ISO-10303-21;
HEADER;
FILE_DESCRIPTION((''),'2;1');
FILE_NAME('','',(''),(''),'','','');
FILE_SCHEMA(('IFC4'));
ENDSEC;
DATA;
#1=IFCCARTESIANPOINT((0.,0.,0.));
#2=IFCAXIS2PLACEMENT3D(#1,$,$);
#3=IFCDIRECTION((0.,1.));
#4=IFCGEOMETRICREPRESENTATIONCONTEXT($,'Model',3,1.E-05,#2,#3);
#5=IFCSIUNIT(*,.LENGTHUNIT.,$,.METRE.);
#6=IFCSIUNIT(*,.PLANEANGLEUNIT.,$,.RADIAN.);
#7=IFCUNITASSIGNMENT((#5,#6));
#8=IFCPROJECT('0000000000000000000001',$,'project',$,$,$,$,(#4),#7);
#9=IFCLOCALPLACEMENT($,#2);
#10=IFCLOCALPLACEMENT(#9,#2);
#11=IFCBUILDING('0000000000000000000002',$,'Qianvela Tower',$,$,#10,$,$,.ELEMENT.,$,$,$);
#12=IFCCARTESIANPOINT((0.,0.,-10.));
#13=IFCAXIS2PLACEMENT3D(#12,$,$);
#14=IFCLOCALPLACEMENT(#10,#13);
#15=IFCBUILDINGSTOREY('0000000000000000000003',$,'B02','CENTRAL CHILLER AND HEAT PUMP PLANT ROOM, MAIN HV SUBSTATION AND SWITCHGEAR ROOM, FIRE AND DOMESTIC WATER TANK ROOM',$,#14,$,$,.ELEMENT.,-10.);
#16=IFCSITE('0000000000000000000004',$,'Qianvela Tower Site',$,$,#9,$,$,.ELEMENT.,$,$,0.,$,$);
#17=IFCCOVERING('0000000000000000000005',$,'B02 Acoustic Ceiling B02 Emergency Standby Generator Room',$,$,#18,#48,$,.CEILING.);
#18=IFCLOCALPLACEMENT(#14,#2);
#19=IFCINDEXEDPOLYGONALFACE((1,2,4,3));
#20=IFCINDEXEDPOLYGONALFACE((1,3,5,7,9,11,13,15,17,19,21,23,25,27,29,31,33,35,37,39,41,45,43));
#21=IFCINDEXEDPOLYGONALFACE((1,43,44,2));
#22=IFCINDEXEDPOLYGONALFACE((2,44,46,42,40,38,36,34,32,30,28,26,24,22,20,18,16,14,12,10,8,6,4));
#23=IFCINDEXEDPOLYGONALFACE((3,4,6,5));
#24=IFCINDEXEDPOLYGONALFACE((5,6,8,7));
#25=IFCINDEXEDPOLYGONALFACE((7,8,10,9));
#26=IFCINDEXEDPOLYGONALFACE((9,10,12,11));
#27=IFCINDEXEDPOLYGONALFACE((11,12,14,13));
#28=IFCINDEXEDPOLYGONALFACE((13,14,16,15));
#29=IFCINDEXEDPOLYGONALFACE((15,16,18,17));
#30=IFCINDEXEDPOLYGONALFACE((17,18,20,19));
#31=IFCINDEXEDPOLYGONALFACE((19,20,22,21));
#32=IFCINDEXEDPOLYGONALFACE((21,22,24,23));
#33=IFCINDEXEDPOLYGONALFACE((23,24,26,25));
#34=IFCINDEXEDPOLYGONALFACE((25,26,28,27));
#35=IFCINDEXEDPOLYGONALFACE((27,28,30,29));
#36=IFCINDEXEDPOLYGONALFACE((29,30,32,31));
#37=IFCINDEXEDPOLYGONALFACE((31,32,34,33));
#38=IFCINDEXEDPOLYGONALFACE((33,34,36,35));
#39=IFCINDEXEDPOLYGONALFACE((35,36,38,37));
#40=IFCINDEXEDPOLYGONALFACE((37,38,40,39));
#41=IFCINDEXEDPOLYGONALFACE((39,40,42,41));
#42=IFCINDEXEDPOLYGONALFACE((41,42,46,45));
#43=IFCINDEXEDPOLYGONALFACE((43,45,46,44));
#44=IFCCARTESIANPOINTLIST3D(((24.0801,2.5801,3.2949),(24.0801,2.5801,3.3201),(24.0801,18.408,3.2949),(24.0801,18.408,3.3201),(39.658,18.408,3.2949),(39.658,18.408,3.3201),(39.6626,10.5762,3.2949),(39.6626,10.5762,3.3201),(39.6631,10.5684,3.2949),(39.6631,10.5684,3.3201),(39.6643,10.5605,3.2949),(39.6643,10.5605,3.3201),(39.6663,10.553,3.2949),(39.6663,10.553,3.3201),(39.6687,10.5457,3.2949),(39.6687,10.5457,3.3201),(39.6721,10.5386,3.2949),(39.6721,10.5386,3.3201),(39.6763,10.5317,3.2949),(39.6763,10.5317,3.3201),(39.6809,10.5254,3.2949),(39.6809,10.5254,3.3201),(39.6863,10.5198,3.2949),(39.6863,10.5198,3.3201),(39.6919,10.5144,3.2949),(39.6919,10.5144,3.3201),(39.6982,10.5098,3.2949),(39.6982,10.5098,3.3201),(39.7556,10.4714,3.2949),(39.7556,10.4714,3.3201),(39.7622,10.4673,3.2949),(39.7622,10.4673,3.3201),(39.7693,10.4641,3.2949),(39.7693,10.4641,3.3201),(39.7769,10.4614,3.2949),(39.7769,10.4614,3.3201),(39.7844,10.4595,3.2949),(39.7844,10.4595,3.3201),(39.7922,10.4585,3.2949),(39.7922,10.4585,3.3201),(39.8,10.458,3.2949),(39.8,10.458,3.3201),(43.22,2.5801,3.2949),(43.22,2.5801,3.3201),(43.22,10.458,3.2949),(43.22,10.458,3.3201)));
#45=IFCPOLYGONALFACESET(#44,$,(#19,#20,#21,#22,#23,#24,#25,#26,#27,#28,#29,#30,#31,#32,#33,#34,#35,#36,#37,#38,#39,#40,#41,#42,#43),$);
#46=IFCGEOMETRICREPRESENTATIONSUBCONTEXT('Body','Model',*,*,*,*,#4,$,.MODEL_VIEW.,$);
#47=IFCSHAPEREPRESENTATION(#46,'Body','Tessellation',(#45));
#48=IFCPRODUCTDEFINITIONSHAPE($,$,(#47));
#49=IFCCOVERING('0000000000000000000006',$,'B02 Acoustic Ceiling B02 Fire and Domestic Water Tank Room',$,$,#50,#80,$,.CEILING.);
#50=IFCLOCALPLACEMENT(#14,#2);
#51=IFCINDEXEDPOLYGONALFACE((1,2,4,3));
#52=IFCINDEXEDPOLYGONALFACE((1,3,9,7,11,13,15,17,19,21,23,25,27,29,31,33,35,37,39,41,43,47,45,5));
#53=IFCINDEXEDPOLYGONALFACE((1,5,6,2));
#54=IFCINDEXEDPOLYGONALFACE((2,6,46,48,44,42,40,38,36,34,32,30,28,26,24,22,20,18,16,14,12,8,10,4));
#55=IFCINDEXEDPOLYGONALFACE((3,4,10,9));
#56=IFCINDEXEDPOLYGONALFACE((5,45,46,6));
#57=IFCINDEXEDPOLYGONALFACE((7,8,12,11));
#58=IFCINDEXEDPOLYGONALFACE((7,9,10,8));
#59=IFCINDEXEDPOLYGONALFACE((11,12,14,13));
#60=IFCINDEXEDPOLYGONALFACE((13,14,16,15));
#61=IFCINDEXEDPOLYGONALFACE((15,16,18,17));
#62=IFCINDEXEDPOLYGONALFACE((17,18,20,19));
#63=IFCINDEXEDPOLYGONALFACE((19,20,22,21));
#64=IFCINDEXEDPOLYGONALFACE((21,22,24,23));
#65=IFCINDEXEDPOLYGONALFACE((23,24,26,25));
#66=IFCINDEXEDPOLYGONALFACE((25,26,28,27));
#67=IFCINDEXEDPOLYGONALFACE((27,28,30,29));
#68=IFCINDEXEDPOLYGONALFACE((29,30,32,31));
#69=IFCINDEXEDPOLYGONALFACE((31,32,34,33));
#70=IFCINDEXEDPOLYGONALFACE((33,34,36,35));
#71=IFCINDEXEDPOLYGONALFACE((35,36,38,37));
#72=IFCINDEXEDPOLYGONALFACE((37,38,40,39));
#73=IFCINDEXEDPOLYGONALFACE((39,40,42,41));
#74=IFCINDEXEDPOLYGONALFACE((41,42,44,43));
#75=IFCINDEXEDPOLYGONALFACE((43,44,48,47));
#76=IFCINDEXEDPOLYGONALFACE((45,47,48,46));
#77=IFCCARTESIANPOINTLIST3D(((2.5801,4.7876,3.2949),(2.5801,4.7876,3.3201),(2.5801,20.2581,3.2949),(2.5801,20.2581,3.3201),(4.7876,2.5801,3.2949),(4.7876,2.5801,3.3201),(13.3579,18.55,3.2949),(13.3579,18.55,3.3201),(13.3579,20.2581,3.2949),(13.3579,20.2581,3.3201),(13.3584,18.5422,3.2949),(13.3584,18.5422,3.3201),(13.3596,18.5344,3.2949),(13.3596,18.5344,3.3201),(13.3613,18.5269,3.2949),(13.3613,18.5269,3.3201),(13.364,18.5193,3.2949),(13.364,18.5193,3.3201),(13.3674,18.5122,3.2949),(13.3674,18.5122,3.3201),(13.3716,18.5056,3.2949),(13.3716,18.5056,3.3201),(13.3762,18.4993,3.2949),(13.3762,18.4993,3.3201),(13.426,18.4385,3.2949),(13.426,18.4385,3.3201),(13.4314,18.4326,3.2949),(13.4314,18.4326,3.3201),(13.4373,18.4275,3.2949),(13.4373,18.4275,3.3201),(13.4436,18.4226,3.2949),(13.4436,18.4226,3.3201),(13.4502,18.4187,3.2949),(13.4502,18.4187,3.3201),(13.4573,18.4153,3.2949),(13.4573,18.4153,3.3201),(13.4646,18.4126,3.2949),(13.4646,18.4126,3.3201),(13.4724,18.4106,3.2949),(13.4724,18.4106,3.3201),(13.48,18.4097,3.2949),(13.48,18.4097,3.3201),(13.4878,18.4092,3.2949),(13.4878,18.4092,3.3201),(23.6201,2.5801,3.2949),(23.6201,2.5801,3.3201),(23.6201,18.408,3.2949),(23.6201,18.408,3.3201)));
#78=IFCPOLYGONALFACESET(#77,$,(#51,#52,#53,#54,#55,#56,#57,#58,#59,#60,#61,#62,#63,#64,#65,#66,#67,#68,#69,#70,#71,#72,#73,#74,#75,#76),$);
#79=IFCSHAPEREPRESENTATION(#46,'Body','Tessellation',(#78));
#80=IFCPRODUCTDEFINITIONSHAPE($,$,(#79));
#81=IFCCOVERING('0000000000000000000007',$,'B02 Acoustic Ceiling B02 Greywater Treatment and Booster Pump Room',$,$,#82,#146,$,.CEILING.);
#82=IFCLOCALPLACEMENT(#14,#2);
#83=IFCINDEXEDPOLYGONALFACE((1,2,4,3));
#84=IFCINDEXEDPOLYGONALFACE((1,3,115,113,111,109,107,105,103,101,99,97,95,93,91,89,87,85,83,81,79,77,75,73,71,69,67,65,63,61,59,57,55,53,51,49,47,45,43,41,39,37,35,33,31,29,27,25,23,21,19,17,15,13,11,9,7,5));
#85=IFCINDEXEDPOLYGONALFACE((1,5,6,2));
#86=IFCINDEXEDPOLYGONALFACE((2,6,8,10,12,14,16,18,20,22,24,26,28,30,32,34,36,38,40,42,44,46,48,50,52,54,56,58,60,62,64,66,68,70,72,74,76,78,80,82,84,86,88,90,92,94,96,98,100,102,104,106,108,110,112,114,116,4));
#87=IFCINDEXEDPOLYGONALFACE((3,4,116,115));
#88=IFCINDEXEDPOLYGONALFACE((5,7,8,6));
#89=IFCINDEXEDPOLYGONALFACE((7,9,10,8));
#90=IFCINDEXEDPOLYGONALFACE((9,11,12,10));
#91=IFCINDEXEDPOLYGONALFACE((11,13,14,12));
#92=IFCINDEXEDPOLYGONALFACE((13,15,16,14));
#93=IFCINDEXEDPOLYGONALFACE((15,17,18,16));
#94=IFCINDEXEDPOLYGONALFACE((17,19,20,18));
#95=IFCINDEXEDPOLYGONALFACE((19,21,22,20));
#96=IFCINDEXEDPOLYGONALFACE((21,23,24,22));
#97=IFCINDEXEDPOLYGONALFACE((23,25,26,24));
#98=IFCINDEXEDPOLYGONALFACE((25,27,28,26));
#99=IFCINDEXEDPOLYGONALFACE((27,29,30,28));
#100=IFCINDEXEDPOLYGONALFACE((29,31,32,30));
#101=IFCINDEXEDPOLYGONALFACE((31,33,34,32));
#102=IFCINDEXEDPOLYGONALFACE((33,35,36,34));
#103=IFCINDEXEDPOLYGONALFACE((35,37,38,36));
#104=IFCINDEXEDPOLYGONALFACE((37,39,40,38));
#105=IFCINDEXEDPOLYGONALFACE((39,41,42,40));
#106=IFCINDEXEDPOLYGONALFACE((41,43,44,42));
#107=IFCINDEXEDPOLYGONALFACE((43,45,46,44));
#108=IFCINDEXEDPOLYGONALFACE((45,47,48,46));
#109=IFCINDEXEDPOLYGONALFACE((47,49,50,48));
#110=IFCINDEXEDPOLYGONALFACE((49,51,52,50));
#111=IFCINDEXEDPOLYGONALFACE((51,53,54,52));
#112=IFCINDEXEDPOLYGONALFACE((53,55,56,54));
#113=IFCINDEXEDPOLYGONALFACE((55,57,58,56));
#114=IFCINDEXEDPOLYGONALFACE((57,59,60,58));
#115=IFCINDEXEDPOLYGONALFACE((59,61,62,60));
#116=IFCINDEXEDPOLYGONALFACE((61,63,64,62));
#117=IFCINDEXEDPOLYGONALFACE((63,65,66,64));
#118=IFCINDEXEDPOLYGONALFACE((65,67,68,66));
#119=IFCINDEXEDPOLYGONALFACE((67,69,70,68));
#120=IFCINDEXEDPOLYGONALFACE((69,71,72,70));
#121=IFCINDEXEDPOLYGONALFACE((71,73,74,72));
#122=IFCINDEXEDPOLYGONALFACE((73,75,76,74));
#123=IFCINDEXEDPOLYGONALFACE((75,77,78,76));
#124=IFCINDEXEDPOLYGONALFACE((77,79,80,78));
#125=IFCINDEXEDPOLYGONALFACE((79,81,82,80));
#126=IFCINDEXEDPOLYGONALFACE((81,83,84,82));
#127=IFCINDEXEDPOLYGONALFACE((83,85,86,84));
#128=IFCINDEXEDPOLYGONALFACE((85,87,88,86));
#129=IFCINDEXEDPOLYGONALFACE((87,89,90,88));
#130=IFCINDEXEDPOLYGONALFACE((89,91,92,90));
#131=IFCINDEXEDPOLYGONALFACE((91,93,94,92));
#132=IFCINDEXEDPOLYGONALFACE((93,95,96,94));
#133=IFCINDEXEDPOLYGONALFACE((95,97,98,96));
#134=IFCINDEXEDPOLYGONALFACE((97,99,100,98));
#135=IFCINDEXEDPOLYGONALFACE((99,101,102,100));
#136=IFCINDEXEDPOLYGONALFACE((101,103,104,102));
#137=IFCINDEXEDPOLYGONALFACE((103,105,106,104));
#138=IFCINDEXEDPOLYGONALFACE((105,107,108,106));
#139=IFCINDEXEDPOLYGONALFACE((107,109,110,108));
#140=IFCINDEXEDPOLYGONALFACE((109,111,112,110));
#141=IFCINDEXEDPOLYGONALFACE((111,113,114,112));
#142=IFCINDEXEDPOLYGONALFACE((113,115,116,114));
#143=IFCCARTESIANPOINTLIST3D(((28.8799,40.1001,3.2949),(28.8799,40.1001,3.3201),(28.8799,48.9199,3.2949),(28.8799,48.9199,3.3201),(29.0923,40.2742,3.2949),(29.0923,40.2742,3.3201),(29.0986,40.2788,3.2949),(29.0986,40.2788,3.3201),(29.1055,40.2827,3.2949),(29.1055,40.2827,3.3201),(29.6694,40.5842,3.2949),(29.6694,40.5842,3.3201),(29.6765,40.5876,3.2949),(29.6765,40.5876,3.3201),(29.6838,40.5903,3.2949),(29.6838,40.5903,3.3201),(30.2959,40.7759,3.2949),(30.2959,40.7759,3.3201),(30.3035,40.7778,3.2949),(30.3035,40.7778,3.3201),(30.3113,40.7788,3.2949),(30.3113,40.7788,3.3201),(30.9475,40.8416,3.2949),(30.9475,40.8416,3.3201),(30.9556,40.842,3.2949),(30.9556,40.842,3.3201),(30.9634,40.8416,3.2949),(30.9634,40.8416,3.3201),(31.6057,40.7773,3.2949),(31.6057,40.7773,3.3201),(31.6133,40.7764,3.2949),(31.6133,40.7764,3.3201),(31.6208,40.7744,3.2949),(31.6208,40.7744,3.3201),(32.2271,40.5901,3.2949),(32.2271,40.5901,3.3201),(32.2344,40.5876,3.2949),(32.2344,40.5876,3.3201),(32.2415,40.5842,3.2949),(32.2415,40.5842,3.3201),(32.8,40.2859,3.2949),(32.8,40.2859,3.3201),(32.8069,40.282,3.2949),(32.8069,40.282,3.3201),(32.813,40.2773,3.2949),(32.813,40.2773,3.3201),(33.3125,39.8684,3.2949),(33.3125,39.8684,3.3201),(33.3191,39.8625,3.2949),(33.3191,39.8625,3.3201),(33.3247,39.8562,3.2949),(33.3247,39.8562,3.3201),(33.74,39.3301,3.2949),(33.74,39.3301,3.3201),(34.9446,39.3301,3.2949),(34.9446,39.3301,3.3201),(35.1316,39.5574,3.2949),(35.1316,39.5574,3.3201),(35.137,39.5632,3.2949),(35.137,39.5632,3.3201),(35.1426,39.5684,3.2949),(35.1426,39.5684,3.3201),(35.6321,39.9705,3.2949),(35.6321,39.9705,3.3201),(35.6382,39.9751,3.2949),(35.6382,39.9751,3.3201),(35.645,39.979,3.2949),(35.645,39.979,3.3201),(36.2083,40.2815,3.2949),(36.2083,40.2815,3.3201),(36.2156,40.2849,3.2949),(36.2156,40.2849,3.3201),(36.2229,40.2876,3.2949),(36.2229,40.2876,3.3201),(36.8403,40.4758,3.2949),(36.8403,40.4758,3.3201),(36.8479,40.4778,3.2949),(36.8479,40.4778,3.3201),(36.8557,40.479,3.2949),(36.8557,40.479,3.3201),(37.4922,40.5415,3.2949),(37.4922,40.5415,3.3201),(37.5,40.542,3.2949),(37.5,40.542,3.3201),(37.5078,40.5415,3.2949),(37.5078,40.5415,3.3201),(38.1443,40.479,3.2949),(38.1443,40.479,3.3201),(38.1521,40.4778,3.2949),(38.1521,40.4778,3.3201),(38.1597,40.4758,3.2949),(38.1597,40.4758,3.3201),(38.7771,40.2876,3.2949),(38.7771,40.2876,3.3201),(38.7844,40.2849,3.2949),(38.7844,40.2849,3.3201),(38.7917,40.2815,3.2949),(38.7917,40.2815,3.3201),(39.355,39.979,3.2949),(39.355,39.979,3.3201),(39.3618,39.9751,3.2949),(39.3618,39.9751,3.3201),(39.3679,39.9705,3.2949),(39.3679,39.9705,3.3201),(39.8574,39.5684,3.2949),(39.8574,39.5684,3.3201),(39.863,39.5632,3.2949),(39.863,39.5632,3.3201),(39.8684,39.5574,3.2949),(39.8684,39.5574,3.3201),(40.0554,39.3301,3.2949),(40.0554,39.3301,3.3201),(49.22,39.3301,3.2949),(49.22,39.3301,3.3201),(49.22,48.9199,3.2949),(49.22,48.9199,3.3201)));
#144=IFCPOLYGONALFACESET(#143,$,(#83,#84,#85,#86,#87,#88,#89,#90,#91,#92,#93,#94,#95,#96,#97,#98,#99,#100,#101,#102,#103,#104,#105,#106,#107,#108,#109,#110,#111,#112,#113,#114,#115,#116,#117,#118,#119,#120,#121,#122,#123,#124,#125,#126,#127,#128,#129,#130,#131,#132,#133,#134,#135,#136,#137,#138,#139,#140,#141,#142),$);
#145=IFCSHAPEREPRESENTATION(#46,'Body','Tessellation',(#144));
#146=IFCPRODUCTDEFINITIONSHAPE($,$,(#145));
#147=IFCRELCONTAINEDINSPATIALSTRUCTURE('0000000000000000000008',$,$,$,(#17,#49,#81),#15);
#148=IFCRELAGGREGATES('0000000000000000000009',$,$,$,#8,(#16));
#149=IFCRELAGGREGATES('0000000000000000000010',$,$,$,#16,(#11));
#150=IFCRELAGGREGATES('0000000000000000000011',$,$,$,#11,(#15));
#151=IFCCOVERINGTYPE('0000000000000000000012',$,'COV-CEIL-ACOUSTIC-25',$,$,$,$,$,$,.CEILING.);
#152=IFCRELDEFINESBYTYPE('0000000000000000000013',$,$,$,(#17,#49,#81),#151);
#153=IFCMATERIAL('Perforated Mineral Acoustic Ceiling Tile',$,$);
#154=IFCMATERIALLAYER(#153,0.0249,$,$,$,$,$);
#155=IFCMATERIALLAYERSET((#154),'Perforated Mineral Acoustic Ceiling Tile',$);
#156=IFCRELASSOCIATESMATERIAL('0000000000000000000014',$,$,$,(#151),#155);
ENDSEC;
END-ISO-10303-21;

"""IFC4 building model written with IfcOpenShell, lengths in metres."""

from ifc_helpers import new_model, si_unit, direction, frame, origin, place, context, subcontext, project, spatial, polyline, outline, extrude, material, layer, layer_set, type_object, element, save


model = new_model("IFC4")

# Units and contexts
model_context = context("Model", 3, precision=1e-05, world=origin(), true_north=direction((0.0, 1.0)))
body_context = subcontext(model_context, "Body", "Model", "MODEL_VIEW")
ifc_project = project(units=[si_unit("LENGTHUNIT", "METRE"), si_unit("PLANEANGLEUNIT", "RADIAN")], contexts=[model_context])

# Site, building, storey
site_placement = place(None, origin())
site = spatial("IfcSite", under=ifc_project, at=site_placement, Name="Qianvela Tower Site", CompositionType="ELEMENT", RefElevation=0.0)
building_placement = place(site_placement, origin())
building = spatial("IfcBuilding", under=site, at=building_placement, Name="Qianvela Tower", CompositionType="ELEMENT")
storey_placement = place(building_placement, frame((0.0, 0.0, -10.0)))
storey = spatial("IfcBuildingStorey", under=building, at=storey_placement, Name="B02", Description="CENTRAL CHILLER AND HEAT PUMP PLANT ROOM, MAIN HV SUBSTATION AND SWITCHGEAR ROOM, FIRE AND DOMESTIC WATER TANK ROOM", CompositionType="ELEMENT", Elevation=-10.0)

# Coverings
ifc_material_1 = material(Name="Perforated Mineral Acoustic Ceiling Tile")
ifc_layer_1 = layer(ifc_material_1, 0.0249)
ifc_layer_set_1 = layer_set([ifc_layer_1], Name="Perforated Mineral Acoustic Ceiling Tile")
covering_type_1 = type_object("IfcCoveringType", Name="COV-CEIL-ACOUSTIC-25", PredefinedType="CEILING", material=ifc_layer_set_1)
covering_1_placement = place(storey_placement, frame((0.0, 0.0, 3.2949)))
element("IfcCovering", 1, at=covering_1_placement, inside=storey, type_object=covering_type_1, Name="B02 Acoustic Ceiling B02 Emergency Standby Generator Room", PredefinedType="CEILING", context=body_context, shape_type="SweptSolid", body=[
    extrude(outline(polyline([(43.22, 2.5801), (24.0801, 2.5801), (24.0801, 18.408), (39.658, 18.408), (39.6626, 10.5762), (39.6631, 10.5684), (39.6643, 10.5605), (39.6663, 10.553), (39.6687, 10.5457), (39.6721, 10.5386), (39.6763, 10.5317), (39.6809, 10.5254), (39.6863, 10.5198), (39.6919, 10.5144), (39.6982, 10.5098), (39.7556, 10.4714), (39.7622, 10.4673), (39.7693, 10.4641), (39.7769, 10.4614), (39.7844, 10.4595), (39.7922, 10.4585), (39.8, 10.458), (43.22, 10.458), (43.22, 2.5801)])), origin(), (0.0, 0.0, 1.0), 0.0251),
])
covering_2_placement = place(storey_placement, frame((0.0, 0.0, 3.2949)))
element("IfcCovering", 2, at=covering_2_placement, inside=storey, type_object=covering_type_1, Name="B02 Acoustic Ceiling B02 Fire and Domestic Water Tank Room", PredefinedType="CEILING", context=body_context, shape_type="SweptSolid", body=[
    extrude(outline(polyline([(23.6201, 2.5801), (4.7876, 2.5801), (2.5801, 4.7876), (2.5801, 20.2581), (13.3579, 20.2581), (13.3579, 18.55), (13.3584, 18.5422), (13.3596, 18.5344), (13.3613, 18.5269), (13.364, 18.5193), (13.3674, 18.5122), (13.3716, 18.5056), (13.3762, 18.4993), (13.426, 18.4385), (13.4314, 18.4326), (13.4373, 18.4275), (13.4436, 18.4226), (13.4502, 18.4187), (13.4573, 18.4153), (13.4646, 18.4126), (13.4724, 18.4106), (13.48, 18.4097), (13.4878, 18.4092), (23.6201, 18.408), (23.6201, 2.5801)])), origin(), (0.0, 0.0, 1.0), 0.0251),
])
covering_3_placement = place(storey_placement, frame((0.0, 0.0, 3.2949)))
element("IfcCovering", 3, at=covering_3_placement, inside=storey, type_object=covering_type_1, Name="B02 Acoustic Ceiling B02 Greywater Treatment and Booster Pump Room", PredefinedType="CEILING", context=body_context, shape_type="SweptSolid", body=[
    extrude(outline(polyline([(49.22, 39.3301), (40.0554, 39.3301), (39.8684, 39.5574), (39.863, 39.5632), (39.8574, 39.5684), (39.3679, 39.9705), (39.3618, 39.9751), (39.355, 39.979), (38.7917, 40.2815), (38.7844, 40.2849), (38.7771, 40.2876), (38.1597, 40.4758), (38.1521, 40.4778), (38.1443, 40.479), (37.5078, 40.5415), (37.5, 40.542), (37.4922, 40.5415), (36.8557, 40.479), (36.8479, 40.4778), (36.8403, 40.4758), (36.2229, 40.2876), (36.2156, 40.2849), (36.2083, 40.2815), (35.645, 39.979), (35.6382, 39.9751), (35.6321, 39.9705), (35.1426, 39.5684), (35.137, 39.5632), (35.1316, 39.5574), (34.9446, 39.3301), (33.74, 39.3301), (33.3247, 39.8562), (33.3191, 39.8625), (33.3125, 39.8684), (32.813, 40.2773), (32.8069, 40.282), (32.8, 40.2859), (32.2415, 40.5842), (32.2344, 40.5876), (32.2271, 40.5901), (31.6208, 40.7744), (31.6133, 40.7764), (31.6057, 40.7773), (30.9634, 40.8416), (30.9556, 40.842), (30.9475, 40.8416), (30.3113, 40.7788), (30.3035, 40.7778), (30.2959, 40.7759), (29.6838, 40.5903), (29.6765, 40.5876), (29.6694, 40.5842), (29.1055, 40.2827), (29.0986, 40.2788), (29.0923, 40.2742), (28.8799, 40.1001), (28.8799, 48.9199), (49.22, 48.9199), (49.22, 39.3301)])), origin(), (0.0, 0.0, 1.0), 0.0251),
])

save(model, "model.ifc")
